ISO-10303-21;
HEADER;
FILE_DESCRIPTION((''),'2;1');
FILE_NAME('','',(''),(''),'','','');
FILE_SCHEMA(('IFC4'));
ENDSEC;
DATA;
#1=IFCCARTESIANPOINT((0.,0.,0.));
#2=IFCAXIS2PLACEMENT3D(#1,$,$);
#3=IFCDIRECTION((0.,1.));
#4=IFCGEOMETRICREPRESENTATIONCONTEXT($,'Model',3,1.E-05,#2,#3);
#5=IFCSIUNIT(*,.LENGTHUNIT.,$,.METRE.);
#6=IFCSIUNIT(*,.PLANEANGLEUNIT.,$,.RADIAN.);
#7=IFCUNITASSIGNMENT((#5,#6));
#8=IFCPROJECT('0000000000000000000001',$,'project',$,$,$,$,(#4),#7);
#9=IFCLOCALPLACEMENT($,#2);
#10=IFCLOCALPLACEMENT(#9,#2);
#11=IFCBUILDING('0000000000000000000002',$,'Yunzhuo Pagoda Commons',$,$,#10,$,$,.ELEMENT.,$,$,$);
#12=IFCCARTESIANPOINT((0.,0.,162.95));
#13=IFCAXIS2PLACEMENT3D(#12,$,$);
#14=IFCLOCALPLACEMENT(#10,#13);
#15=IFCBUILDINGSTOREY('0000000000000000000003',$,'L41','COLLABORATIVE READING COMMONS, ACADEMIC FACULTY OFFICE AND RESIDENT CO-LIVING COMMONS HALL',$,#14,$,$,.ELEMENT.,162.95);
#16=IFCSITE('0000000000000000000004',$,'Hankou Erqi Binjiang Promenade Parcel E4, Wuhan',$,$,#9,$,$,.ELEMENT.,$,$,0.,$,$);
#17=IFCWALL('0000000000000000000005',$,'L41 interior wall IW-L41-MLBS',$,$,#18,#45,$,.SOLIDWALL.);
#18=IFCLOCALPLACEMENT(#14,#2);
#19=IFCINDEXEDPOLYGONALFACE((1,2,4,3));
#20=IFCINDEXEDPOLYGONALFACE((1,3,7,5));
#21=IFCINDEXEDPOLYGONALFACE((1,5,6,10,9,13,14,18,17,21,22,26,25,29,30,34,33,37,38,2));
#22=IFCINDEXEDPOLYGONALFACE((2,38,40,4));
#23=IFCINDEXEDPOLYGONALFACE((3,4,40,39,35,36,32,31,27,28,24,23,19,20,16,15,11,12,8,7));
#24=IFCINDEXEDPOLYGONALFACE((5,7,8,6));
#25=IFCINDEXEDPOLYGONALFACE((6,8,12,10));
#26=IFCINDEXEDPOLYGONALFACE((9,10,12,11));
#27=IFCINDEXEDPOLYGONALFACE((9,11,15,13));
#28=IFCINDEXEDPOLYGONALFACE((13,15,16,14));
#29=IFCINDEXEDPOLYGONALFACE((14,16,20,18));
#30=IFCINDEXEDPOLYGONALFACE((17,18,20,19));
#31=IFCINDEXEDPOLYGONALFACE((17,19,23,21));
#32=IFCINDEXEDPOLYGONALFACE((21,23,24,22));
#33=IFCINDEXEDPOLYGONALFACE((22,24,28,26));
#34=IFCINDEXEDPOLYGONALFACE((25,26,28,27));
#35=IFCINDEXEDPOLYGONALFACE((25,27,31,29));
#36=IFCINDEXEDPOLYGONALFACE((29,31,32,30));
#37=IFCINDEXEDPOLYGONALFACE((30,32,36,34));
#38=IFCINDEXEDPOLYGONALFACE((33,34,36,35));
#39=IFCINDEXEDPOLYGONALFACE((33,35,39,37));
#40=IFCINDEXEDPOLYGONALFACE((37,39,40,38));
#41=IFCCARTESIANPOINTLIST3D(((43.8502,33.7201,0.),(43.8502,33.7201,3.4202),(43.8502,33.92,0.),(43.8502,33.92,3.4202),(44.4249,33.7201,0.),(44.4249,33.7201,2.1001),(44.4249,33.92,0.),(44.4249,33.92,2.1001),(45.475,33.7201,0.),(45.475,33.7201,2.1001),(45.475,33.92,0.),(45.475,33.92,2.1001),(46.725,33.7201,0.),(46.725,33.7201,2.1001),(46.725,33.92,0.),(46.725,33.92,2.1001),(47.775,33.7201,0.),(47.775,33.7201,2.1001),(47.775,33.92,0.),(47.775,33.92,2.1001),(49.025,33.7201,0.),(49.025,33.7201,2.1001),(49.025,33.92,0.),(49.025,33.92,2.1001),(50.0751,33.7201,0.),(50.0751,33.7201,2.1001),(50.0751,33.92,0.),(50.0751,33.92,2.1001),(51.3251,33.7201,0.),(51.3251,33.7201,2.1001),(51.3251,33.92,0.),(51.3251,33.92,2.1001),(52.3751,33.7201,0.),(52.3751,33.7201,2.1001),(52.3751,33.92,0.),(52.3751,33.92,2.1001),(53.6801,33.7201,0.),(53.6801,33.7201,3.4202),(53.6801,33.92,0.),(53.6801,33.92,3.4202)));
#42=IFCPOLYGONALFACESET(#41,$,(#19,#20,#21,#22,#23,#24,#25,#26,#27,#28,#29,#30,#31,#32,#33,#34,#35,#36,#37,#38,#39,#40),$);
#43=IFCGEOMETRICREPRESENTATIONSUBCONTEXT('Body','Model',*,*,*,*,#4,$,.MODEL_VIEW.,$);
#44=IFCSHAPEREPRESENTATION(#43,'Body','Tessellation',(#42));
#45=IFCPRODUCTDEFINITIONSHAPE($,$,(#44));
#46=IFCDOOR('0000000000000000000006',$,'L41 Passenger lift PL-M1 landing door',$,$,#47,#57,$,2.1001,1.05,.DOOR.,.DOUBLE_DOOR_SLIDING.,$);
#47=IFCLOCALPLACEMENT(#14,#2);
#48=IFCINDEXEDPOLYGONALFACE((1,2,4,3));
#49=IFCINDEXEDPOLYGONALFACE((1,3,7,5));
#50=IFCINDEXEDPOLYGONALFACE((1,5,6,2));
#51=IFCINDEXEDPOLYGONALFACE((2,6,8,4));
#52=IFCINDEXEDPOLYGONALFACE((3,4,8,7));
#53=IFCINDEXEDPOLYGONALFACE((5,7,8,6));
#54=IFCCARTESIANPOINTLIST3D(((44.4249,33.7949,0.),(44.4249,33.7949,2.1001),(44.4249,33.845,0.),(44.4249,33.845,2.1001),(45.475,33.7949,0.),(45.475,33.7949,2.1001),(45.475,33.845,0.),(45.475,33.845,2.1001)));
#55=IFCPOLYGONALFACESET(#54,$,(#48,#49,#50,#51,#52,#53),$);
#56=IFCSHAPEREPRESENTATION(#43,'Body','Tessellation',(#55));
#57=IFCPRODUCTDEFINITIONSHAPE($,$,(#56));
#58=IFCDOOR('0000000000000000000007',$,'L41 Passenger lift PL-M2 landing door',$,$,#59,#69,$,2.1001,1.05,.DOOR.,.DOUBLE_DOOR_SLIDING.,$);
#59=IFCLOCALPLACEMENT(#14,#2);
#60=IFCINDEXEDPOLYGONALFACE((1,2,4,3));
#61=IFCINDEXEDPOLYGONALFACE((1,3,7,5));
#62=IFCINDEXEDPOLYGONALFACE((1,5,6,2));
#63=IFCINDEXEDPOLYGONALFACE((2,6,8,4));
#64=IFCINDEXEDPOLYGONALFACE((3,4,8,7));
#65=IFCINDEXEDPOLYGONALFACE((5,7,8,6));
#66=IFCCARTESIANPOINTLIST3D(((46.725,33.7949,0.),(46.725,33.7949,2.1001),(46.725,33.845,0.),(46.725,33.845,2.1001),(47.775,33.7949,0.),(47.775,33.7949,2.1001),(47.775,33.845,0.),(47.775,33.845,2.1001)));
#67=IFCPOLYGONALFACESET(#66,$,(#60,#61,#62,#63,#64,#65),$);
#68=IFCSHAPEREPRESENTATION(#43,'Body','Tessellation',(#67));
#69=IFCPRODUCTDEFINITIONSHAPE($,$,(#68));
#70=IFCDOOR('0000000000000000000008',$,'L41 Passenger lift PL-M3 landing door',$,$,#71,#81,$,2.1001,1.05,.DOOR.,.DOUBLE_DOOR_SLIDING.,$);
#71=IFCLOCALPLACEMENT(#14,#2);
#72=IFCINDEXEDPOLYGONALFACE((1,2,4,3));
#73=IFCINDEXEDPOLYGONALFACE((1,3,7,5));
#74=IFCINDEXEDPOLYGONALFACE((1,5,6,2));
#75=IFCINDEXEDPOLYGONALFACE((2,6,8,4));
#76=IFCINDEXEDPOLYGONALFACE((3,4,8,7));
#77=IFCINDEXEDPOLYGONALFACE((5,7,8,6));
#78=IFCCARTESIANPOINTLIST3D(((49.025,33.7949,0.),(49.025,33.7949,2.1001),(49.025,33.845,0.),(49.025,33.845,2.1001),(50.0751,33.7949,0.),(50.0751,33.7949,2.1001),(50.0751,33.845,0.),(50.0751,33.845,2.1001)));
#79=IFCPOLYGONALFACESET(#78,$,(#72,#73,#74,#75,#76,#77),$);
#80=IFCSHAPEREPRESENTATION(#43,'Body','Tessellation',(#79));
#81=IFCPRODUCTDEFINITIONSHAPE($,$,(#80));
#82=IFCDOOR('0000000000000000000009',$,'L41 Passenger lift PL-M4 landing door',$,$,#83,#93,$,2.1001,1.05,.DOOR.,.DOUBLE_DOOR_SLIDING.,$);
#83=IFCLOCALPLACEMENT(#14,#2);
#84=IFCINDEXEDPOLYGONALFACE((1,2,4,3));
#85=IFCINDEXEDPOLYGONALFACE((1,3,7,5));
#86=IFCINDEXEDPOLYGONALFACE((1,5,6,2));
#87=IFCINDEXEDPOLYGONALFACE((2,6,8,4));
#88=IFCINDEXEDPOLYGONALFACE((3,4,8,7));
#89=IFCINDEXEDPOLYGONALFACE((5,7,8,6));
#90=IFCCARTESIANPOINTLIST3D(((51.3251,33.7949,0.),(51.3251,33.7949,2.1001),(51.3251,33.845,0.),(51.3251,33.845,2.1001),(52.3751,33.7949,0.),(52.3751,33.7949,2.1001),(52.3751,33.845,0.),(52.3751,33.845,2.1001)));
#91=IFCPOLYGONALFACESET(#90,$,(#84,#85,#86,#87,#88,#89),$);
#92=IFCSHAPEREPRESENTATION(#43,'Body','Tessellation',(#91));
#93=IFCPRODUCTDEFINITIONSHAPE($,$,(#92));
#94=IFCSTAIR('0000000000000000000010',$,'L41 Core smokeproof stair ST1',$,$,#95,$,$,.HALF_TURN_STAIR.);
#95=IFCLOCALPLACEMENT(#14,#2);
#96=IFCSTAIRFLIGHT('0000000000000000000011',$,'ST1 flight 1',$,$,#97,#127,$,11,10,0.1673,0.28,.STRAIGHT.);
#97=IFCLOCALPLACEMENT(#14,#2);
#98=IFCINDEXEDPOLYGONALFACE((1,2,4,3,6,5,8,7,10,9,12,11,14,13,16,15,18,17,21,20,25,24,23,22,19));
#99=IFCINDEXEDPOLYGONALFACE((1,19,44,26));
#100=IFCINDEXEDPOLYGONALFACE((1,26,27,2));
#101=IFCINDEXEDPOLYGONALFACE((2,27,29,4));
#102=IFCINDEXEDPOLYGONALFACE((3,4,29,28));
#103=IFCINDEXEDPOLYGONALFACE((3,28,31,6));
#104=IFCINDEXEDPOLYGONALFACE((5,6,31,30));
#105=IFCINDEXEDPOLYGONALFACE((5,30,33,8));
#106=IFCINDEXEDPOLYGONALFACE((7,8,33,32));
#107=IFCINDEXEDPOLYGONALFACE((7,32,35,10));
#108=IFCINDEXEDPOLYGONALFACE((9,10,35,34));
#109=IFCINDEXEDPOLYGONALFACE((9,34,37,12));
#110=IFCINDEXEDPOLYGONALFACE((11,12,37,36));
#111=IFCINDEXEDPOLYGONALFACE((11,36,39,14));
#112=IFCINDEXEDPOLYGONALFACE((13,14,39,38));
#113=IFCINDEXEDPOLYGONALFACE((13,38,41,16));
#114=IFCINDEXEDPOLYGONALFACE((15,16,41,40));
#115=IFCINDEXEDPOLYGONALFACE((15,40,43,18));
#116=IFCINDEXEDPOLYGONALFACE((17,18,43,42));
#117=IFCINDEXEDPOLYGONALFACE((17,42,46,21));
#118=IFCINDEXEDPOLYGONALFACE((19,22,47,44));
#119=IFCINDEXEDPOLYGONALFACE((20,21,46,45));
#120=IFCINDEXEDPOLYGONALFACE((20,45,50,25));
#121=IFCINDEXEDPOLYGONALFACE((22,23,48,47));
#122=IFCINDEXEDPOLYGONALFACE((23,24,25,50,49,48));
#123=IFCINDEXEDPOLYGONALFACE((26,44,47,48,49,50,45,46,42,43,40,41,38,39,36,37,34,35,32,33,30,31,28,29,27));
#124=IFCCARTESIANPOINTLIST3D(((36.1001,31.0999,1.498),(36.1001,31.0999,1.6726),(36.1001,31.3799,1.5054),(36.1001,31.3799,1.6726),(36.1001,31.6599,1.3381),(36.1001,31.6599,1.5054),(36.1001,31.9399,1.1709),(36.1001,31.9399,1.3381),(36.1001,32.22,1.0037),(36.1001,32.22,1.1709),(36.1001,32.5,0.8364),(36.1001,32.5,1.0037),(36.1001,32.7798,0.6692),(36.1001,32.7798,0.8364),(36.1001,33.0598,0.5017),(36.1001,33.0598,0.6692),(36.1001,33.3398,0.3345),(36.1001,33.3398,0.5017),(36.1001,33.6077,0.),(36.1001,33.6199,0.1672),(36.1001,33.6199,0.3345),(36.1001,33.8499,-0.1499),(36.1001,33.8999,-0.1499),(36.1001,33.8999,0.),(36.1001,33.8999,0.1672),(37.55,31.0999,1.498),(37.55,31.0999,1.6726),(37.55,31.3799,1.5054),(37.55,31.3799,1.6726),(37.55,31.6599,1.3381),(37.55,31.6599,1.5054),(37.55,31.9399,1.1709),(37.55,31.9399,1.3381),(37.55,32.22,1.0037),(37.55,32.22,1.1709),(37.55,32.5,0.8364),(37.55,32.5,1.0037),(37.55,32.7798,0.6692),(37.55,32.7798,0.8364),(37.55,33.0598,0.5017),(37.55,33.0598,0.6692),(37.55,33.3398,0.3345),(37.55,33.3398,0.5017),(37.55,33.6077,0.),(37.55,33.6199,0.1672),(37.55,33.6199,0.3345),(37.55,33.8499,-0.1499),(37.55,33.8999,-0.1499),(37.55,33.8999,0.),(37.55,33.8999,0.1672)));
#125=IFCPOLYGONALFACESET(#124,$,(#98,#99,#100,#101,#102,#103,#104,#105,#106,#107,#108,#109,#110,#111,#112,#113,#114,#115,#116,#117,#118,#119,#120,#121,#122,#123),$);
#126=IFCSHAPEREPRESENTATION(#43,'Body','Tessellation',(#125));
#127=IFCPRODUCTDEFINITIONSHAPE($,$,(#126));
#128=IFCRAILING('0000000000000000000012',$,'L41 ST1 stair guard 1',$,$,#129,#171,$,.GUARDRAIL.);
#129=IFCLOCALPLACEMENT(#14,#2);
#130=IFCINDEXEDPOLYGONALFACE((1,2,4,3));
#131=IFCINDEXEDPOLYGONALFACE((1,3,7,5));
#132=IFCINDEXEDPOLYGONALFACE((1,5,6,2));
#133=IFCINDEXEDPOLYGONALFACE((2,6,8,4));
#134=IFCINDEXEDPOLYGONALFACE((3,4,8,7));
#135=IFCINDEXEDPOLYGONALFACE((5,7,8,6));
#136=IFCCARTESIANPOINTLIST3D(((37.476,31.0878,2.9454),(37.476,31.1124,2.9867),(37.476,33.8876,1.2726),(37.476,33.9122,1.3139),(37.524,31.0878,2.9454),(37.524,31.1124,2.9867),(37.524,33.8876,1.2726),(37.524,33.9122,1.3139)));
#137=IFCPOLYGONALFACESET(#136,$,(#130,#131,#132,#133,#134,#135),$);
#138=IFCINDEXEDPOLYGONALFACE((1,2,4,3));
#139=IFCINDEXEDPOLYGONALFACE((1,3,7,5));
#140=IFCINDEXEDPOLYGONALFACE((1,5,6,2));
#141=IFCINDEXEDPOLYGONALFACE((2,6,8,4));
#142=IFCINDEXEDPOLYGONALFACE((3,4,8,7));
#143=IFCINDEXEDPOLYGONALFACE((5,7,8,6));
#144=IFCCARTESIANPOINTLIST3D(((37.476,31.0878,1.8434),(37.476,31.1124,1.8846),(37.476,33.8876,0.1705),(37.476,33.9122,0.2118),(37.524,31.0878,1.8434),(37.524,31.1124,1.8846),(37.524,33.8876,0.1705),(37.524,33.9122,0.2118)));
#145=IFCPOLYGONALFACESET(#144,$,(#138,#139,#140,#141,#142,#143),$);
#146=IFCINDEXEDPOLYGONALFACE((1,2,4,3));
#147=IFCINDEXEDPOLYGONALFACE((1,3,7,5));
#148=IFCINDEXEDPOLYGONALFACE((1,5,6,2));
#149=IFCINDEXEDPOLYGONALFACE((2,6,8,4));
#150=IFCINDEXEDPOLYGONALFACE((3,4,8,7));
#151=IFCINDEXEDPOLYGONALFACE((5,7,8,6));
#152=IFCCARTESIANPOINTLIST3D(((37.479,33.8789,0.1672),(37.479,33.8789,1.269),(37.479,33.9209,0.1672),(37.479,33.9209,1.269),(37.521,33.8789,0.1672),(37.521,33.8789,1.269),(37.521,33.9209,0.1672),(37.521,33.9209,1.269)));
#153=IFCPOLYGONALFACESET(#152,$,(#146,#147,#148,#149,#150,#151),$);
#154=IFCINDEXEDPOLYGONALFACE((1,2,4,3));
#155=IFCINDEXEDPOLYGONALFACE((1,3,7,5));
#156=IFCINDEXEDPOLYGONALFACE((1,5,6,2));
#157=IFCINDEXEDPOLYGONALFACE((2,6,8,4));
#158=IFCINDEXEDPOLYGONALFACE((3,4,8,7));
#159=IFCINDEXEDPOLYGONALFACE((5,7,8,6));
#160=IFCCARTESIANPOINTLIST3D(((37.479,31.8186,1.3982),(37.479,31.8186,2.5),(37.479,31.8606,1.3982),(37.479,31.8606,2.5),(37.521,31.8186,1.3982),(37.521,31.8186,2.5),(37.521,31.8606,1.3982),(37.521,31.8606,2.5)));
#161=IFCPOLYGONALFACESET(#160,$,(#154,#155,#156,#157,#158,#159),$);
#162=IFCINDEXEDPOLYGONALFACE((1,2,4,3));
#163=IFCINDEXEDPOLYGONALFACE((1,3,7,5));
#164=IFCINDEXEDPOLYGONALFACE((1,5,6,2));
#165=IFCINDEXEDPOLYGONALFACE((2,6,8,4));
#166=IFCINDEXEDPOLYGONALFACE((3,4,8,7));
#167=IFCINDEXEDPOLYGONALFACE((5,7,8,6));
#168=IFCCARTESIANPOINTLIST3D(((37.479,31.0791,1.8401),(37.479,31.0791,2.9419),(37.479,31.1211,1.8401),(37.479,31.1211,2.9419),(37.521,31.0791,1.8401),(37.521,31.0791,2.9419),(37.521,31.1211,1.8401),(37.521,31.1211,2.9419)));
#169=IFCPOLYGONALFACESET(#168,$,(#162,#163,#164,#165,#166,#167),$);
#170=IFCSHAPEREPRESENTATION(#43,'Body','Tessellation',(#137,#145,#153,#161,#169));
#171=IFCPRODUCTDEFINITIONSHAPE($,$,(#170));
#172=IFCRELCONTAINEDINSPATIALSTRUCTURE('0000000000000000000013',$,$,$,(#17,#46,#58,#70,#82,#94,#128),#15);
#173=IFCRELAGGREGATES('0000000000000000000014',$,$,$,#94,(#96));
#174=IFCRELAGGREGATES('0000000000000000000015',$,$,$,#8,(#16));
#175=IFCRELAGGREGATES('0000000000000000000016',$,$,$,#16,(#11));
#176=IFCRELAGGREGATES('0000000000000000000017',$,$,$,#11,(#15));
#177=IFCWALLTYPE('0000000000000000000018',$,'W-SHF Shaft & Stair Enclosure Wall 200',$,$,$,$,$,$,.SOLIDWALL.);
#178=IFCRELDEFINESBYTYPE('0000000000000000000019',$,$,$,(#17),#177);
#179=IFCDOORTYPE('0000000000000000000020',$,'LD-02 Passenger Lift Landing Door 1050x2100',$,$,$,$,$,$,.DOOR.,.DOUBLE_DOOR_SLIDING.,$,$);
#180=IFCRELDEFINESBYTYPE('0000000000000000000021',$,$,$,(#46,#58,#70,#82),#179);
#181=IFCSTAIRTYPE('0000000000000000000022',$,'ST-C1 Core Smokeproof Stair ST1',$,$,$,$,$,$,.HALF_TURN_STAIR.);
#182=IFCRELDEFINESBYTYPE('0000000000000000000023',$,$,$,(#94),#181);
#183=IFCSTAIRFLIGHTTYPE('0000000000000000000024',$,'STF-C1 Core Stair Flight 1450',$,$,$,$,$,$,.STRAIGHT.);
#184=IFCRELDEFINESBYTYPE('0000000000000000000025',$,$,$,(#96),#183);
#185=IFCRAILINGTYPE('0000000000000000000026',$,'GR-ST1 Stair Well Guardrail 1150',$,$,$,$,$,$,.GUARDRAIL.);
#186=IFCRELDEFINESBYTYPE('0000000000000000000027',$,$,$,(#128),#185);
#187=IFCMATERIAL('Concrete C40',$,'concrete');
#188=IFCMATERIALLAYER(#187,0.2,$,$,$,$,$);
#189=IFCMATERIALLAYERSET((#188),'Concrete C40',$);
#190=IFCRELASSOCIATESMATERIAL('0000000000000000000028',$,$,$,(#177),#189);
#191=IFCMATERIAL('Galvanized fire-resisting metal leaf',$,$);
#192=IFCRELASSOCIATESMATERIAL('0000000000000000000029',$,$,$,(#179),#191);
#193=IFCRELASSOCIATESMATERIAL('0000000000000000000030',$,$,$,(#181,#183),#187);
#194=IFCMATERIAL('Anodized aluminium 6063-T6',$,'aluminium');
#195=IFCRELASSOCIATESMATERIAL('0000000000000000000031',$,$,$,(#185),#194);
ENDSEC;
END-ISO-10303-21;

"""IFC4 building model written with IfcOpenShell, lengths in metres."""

from ifc_helpers import new_model, si_unit, direction, frame, frame_2d, origin, origin_with_axes, origin_2d, place, context, subcontext, project, spatial, polyline, rectangle, outline, extrude, source, transform, mapped, material, layer, layer_set, type_object, element, fill, aggregate, save


model = new_model("IFC4")

# Units and contexts
model_context = context("Model", 3, precision=1e-05, world=origin(), true_north=direction((0.0, 1.0)))
body_context = subcontext(model_context, "Body", "Model", "MODEL_VIEW")
ifc_project = project(units=[si_unit("LENGTHUNIT", "METRE"), si_unit("PLANEANGLEUNIT", "RADIAN")], contexts=[model_context])

# Site, building, storey
site_placement = place(None, origin())
site = spatial("IfcSite", under=ifc_project, at=site_placement, Name="Hankou Erqi Binjiang Promenade Parcel E4, Wuhan", CompositionType="ELEMENT", RefElevation=0.0)
building_placement = place(site_placement, origin())
building = spatial("IfcBuilding", under=site, at=building_placement, Name="Yunzhuo Pagoda Commons", CompositionType="ELEMENT")
storey_placement = place(building_placement, frame((0.0, 0.0, 162.95)))
storey = spatial("IfcBuildingStorey", under=building, at=storey_placement, Name="L41", Description="COLLABORATIVE READING COMMONS, ACADEMIC FACULTY OFFICE AND RESIDENT CO-LIVING COMMONS HALL", CompositionType="ELEMENT", Elevation=162.95)

# Shared definitions
ifc_material_1 = material(Name="Galvanized fire-resisting metal leaf")
shared_shape_1 = source(origin(), body_context, "Body", "SweptSolid", [
    extrude(rectangle(XDim=1.05, YDim=2.1001, at=frame_2d((0.5249, 1.05))), frame((0.0, 0.0249, 0.0), z_axis=(0.0, -1.0, 0.0), x_axis=(1.0, 0.0, 0.0)), (0.0, 0.0, 1.0), 0.05),
])
ifc_material_2 = material(Name="Concrete C40", Category="concrete")
ifc_layer_1 = layer(ifc_material_2, 0.2)
ifc_layer_set_1 = layer_set([ifc_layer_1], Name="Concrete C40")
wall_type_1 = type_object("IfcWallType", Name="W-SHF Shaft & Stair Enclosure Wall 200", PredefinedType="SOLIDWALL", material=ifc_layer_set_1)
door_type_1 = type_object("IfcDoorType", Name="LD-02 Passenger Lift Landing Door 1050x2100", OperationType="DOUBLE_DOOR_SLIDING", PredefinedType="DOOR", material=ifc_material_1)

# Wall, openings, doors
wall_1_placement = place(storey_placement, frame((43.8501, 33.8201, 0.0), z_axis=(0.0, 0.0, 1.0), x_axis=(1.0, 0.0, 0.0)))
wall_1 = element("IfcWall", 1, at=wall_1_placement, inside=storey, type_object=wall_type_1, Name="L41 interior wall IW-L41-MLBS", PredefinedType="SOLIDWALL", context=body_context, shape_type="SweptSolid", body=[
    extrude(rectangle(XDim=9.8298, YDim=0.2, at=frame_2d((4.915, 0.0))), origin(), (0.0, 0.0, 1.0), 3.4202),
])
opening_1_placement = place(wall_1_placement, frame((0.575, 0.0, 0.0)))
opening_1 = element("IfcOpeningElement", 2, at=opening_1_placement, cuts=wall_1, PredefinedType="OPENING", context=body_context, shape_type="SweptSolid", body=[
    extrude(rectangle(XDim=1.05, YDim=2.1001, at=frame_2d((0.5249, 1.05))), frame((0.0, 0.1099, 0.0), z_axis=(0.0, -1.0, 0.0), x_axis=(1.0, 0.0, 0.0)), (0.0, 0.0, 1.0), 0.22),
])
opening_2_placement = place(wall_1_placement, frame((2.875, 0.0, 0.0)))
opening_2 = element("IfcOpeningElement", 3, at=opening_2_placement, cuts=wall_1, PredefinedType="OPENING", context=body_context, shape_type="SweptSolid", body=[
    extrude(rectangle(XDim=1.05, YDim=2.1001, at=frame_2d((0.5249, 1.05))), frame((0.0, 0.1099, 0.0), z_axis=(0.0, -1.0, 0.0), x_axis=(1.0, 0.0, 0.0)), (0.0, 0.0, 1.0), 0.22),
])
opening_3_placement = place(wall_1_placement, frame((5.175, 0.0, 0.0)))
opening_3 = element("IfcOpeningElement", 4, at=opening_3_placement, cuts=wall_1, PredefinedType="OPENING", context=body_context, shape_type="SweptSolid", body=[
    extrude(rectangle(XDim=1.05, YDim=2.1001, at=frame_2d((0.5249, 1.05))), frame((0.0, 0.1099, 0.0), z_axis=(0.0, -1.0, 0.0), x_axis=(1.0, 0.0, 0.0)), (0.0, 0.0, 1.0), 0.22),
])
opening_4_placement = place(wall_1_placement, frame((7.4751, 0.0, 0.0)))
opening_4 = element("IfcOpeningElement", 5, at=opening_4_placement, cuts=wall_1, PredefinedType="OPENING", context=body_context, shape_type="SweptSolid", body=[
    extrude(rectangle(XDim=1.05, YDim=2.1001, at=frame_2d((0.5249, 1.05))), frame((0.0, 0.1099, 0.0), z_axis=(0.0, -1.0, 0.0), x_axis=(1.0, 0.0, 0.0)), (0.0, 0.0, 1.0), 0.22),
])
door_1_placement = place(opening_1_placement, origin_with_axes())
door_1 = element("IfcDoor", 6, at=door_1_placement, inside=storey, type_object=door_type_1, Name="L41 Passenger lift PL-M1 landing door", OperationType="DOUBLE_DOOR_SLIDING", OverallHeight=2.1001, OverallWidth=1.05, PredefinedType="DOOR", context=body_context, shape_type="MappedRepresentation", body=[
    mapped(shared_shape_1, transform((0.0, 0.0, 0.0), scale=1.0)),
])
fill(opening_1, door_1)
door_2_placement = place(opening_2_placement, origin_with_axes())
door_2 = element("IfcDoor", 7, at=door_2_placement, inside=storey, type_object=door_type_1, Name="L41 Passenger lift PL-M2 landing door", OperationType="DOUBLE_DOOR_SLIDING", OverallHeight=2.1001, OverallWidth=1.05, PredefinedType="DOOR", context=body_context, shape_type="MappedRepresentation", body=[
    mapped(shared_shape_1, transform((0.0, 0.0, 0.0), scale=1.0)),
])
fill(opening_2, door_2)
door_3_placement = place(opening_3_placement, origin_with_axes())
door_3 = element("IfcDoor", 8, at=door_3_placement, inside=storey, type_object=door_type_1, Name="L41 Passenger lift PL-M3 landing door", OperationType="DOUBLE_DOOR_SLIDING", OverallHeight=2.1001, OverallWidth=1.05, PredefinedType="DOOR", context=body_context, shape_type="MappedRepresentation", body=[
    mapped(shared_shape_1, transform((0.0, 0.0, 0.0), scale=1.0)),
])
fill(opening_3, door_3)
door_4_placement = place(opening_4_placement, origin_with_axes())
door_4 = element("IfcDoor", 9, at=door_4_placement, inside=storey, type_object=door_type_1, Name="L41 Passenger lift PL-M4 landing door", OperationType="DOUBLE_DOOR_SLIDING", OverallHeight=2.1001, OverallWidth=1.05, PredefinedType="DOOR", context=body_context, shape_type="MappedRepresentation", body=[
    mapped(shared_shape_1, transform((0.0, 0.0, 0.0), scale=1.0)),
])
fill(opening_4, door_4)

# Stair, stair flight
stair_type = type_object("IfcStairType", Name="ST-C1 Core Smokeproof Stair ST1", PredefinedType="HALF_TURN_STAIR", material=ifc_material_2)
stair_placement = place(storey_placement, origin())
stair = element("IfcStair", 10, at=stair_placement, inside=storey, type_object=stair_type, Name="L41 Core smokeproof stair ST1", PredefinedType="HALF_TURN_STAIR")
stair_flight_type = type_object("IfcStairFlightType", Name="STF-C1 Core Stair Flight 1450", PredefinedType="STRAIGHT", material=ifc_material_2)
shared_shape_2 = source(origin(), body_context, "Body", "SweptSolid", [
    extrude(outline(polyline([(0.0, -0.1499), (0.0, 0.0), (0.0, 0.1672), (0.28, 0.1672), (0.28, 0.3345), (0.5601, 0.3345), (0.5601, 0.5017), (0.8401, 0.5017), (0.8401, 0.6692), (1.1201, 0.6692), (1.1201, 0.8364), (1.3999, 0.8364), (1.3999, 1.0037), (1.6799, 1.0037), (1.6799, 1.1709), (1.96, 1.1709), (1.96, 1.3381), (2.24, 1.3381), (2.24, 1.5054), (2.52, 1.5054), (2.52, 1.6726), (2.8, 1.6726), (2.8, 1.8401), (2.8, 1.498), (0.2922, 0.0), (0.05, -0.1499), (0.0, -0.1499)])), frame((0.0, 0.7251, 0.0), z_axis=(0.0, -1.0, 0.0), x_axis=(1.0, 0.0, 0.0)), (0.0, 0.0, 1.0), 1.45),
])
stair_flight_placement = place(storey_placement, frame((36.825, 33.8999, 0.0), z_axis=(0.0, 0.0, 1.0), x_axis=(0.0, -1.0, 0.0)))
stair_flight = element("IfcStairFlight", 11, at=stair_flight_placement, type_object=stair_flight_type, Name="ST1 flight 1", NumberOfRisers=11, NumberOfTreads=10, PredefinedType="STRAIGHT", RiserHeight=0.1673, TreadLength=0.28, context=body_context, shape_type="MappedRepresentation", body=[
    mapped(shared_shape_2, transform((0.0, 0.0, 0.0), scale=1.0)),
])
aggregate(stair, [stair_flight])

# Railing
ifc_material_3 = material(Name="Anodized aluminium 6063-T6", Category="aluminium")
railing_type_1 = type_object("IfcRailingType", Name="GR-ST1 Stair Well Guardrail 1150", PredefinedType="GUARDRAIL", material=ifc_material_3)
railing_1_placement = place(storey_placement, frame((37.5, 33.8999, 0.1672)))
element("IfcRailing", 12, at=railing_1_placement, inside=storey, type_object=railing_type_1, Name="L41 ST1 stair guard 1", PredefinedType="GUARDRAIL", context=body_context, shape_type="SweptSolid", body=[
    extrude(rectangle(XDim=0.0481, YDim=0.0481, at=origin_2d()), frame((0.0, 0.0, 1.126), z_axis=(0.0, -0.858443, 0.51291), x_axis=(1.0, 0.0, 0.0)), (0.0, 0.0, 1.0), 3.2615),
    extrude(rectangle(XDim=0.0481, YDim=0.0481, at=origin_2d()), frame((0.0, 0.0, 0.0239), z_axis=(0.0, -0.858443, 0.51291), x_axis=(1.0, 0.0, 0.0)), (0.0, 0.0, 1.0), 3.2615),
    extrude(rectangle(XDim=0.042, YDim=0.042, at=origin_2d()), origin(), (0.0, 0.0, 1.0), 1.1018),
    extrude(rectangle(XDim=0.042, YDim=0.042, at=origin_2d()), frame((0.0, -2.0603, 1.231)), (0.0, 0.0, 1.0), 1.1018),
    extrude(rectangle(XDim=0.042, YDim=0.042, at=origin_2d()), frame((0.0, -2.7998, 1.6729)), (0.0, 0.0, 1.0), 1.1018),
])

save(model, "model.ifc")
